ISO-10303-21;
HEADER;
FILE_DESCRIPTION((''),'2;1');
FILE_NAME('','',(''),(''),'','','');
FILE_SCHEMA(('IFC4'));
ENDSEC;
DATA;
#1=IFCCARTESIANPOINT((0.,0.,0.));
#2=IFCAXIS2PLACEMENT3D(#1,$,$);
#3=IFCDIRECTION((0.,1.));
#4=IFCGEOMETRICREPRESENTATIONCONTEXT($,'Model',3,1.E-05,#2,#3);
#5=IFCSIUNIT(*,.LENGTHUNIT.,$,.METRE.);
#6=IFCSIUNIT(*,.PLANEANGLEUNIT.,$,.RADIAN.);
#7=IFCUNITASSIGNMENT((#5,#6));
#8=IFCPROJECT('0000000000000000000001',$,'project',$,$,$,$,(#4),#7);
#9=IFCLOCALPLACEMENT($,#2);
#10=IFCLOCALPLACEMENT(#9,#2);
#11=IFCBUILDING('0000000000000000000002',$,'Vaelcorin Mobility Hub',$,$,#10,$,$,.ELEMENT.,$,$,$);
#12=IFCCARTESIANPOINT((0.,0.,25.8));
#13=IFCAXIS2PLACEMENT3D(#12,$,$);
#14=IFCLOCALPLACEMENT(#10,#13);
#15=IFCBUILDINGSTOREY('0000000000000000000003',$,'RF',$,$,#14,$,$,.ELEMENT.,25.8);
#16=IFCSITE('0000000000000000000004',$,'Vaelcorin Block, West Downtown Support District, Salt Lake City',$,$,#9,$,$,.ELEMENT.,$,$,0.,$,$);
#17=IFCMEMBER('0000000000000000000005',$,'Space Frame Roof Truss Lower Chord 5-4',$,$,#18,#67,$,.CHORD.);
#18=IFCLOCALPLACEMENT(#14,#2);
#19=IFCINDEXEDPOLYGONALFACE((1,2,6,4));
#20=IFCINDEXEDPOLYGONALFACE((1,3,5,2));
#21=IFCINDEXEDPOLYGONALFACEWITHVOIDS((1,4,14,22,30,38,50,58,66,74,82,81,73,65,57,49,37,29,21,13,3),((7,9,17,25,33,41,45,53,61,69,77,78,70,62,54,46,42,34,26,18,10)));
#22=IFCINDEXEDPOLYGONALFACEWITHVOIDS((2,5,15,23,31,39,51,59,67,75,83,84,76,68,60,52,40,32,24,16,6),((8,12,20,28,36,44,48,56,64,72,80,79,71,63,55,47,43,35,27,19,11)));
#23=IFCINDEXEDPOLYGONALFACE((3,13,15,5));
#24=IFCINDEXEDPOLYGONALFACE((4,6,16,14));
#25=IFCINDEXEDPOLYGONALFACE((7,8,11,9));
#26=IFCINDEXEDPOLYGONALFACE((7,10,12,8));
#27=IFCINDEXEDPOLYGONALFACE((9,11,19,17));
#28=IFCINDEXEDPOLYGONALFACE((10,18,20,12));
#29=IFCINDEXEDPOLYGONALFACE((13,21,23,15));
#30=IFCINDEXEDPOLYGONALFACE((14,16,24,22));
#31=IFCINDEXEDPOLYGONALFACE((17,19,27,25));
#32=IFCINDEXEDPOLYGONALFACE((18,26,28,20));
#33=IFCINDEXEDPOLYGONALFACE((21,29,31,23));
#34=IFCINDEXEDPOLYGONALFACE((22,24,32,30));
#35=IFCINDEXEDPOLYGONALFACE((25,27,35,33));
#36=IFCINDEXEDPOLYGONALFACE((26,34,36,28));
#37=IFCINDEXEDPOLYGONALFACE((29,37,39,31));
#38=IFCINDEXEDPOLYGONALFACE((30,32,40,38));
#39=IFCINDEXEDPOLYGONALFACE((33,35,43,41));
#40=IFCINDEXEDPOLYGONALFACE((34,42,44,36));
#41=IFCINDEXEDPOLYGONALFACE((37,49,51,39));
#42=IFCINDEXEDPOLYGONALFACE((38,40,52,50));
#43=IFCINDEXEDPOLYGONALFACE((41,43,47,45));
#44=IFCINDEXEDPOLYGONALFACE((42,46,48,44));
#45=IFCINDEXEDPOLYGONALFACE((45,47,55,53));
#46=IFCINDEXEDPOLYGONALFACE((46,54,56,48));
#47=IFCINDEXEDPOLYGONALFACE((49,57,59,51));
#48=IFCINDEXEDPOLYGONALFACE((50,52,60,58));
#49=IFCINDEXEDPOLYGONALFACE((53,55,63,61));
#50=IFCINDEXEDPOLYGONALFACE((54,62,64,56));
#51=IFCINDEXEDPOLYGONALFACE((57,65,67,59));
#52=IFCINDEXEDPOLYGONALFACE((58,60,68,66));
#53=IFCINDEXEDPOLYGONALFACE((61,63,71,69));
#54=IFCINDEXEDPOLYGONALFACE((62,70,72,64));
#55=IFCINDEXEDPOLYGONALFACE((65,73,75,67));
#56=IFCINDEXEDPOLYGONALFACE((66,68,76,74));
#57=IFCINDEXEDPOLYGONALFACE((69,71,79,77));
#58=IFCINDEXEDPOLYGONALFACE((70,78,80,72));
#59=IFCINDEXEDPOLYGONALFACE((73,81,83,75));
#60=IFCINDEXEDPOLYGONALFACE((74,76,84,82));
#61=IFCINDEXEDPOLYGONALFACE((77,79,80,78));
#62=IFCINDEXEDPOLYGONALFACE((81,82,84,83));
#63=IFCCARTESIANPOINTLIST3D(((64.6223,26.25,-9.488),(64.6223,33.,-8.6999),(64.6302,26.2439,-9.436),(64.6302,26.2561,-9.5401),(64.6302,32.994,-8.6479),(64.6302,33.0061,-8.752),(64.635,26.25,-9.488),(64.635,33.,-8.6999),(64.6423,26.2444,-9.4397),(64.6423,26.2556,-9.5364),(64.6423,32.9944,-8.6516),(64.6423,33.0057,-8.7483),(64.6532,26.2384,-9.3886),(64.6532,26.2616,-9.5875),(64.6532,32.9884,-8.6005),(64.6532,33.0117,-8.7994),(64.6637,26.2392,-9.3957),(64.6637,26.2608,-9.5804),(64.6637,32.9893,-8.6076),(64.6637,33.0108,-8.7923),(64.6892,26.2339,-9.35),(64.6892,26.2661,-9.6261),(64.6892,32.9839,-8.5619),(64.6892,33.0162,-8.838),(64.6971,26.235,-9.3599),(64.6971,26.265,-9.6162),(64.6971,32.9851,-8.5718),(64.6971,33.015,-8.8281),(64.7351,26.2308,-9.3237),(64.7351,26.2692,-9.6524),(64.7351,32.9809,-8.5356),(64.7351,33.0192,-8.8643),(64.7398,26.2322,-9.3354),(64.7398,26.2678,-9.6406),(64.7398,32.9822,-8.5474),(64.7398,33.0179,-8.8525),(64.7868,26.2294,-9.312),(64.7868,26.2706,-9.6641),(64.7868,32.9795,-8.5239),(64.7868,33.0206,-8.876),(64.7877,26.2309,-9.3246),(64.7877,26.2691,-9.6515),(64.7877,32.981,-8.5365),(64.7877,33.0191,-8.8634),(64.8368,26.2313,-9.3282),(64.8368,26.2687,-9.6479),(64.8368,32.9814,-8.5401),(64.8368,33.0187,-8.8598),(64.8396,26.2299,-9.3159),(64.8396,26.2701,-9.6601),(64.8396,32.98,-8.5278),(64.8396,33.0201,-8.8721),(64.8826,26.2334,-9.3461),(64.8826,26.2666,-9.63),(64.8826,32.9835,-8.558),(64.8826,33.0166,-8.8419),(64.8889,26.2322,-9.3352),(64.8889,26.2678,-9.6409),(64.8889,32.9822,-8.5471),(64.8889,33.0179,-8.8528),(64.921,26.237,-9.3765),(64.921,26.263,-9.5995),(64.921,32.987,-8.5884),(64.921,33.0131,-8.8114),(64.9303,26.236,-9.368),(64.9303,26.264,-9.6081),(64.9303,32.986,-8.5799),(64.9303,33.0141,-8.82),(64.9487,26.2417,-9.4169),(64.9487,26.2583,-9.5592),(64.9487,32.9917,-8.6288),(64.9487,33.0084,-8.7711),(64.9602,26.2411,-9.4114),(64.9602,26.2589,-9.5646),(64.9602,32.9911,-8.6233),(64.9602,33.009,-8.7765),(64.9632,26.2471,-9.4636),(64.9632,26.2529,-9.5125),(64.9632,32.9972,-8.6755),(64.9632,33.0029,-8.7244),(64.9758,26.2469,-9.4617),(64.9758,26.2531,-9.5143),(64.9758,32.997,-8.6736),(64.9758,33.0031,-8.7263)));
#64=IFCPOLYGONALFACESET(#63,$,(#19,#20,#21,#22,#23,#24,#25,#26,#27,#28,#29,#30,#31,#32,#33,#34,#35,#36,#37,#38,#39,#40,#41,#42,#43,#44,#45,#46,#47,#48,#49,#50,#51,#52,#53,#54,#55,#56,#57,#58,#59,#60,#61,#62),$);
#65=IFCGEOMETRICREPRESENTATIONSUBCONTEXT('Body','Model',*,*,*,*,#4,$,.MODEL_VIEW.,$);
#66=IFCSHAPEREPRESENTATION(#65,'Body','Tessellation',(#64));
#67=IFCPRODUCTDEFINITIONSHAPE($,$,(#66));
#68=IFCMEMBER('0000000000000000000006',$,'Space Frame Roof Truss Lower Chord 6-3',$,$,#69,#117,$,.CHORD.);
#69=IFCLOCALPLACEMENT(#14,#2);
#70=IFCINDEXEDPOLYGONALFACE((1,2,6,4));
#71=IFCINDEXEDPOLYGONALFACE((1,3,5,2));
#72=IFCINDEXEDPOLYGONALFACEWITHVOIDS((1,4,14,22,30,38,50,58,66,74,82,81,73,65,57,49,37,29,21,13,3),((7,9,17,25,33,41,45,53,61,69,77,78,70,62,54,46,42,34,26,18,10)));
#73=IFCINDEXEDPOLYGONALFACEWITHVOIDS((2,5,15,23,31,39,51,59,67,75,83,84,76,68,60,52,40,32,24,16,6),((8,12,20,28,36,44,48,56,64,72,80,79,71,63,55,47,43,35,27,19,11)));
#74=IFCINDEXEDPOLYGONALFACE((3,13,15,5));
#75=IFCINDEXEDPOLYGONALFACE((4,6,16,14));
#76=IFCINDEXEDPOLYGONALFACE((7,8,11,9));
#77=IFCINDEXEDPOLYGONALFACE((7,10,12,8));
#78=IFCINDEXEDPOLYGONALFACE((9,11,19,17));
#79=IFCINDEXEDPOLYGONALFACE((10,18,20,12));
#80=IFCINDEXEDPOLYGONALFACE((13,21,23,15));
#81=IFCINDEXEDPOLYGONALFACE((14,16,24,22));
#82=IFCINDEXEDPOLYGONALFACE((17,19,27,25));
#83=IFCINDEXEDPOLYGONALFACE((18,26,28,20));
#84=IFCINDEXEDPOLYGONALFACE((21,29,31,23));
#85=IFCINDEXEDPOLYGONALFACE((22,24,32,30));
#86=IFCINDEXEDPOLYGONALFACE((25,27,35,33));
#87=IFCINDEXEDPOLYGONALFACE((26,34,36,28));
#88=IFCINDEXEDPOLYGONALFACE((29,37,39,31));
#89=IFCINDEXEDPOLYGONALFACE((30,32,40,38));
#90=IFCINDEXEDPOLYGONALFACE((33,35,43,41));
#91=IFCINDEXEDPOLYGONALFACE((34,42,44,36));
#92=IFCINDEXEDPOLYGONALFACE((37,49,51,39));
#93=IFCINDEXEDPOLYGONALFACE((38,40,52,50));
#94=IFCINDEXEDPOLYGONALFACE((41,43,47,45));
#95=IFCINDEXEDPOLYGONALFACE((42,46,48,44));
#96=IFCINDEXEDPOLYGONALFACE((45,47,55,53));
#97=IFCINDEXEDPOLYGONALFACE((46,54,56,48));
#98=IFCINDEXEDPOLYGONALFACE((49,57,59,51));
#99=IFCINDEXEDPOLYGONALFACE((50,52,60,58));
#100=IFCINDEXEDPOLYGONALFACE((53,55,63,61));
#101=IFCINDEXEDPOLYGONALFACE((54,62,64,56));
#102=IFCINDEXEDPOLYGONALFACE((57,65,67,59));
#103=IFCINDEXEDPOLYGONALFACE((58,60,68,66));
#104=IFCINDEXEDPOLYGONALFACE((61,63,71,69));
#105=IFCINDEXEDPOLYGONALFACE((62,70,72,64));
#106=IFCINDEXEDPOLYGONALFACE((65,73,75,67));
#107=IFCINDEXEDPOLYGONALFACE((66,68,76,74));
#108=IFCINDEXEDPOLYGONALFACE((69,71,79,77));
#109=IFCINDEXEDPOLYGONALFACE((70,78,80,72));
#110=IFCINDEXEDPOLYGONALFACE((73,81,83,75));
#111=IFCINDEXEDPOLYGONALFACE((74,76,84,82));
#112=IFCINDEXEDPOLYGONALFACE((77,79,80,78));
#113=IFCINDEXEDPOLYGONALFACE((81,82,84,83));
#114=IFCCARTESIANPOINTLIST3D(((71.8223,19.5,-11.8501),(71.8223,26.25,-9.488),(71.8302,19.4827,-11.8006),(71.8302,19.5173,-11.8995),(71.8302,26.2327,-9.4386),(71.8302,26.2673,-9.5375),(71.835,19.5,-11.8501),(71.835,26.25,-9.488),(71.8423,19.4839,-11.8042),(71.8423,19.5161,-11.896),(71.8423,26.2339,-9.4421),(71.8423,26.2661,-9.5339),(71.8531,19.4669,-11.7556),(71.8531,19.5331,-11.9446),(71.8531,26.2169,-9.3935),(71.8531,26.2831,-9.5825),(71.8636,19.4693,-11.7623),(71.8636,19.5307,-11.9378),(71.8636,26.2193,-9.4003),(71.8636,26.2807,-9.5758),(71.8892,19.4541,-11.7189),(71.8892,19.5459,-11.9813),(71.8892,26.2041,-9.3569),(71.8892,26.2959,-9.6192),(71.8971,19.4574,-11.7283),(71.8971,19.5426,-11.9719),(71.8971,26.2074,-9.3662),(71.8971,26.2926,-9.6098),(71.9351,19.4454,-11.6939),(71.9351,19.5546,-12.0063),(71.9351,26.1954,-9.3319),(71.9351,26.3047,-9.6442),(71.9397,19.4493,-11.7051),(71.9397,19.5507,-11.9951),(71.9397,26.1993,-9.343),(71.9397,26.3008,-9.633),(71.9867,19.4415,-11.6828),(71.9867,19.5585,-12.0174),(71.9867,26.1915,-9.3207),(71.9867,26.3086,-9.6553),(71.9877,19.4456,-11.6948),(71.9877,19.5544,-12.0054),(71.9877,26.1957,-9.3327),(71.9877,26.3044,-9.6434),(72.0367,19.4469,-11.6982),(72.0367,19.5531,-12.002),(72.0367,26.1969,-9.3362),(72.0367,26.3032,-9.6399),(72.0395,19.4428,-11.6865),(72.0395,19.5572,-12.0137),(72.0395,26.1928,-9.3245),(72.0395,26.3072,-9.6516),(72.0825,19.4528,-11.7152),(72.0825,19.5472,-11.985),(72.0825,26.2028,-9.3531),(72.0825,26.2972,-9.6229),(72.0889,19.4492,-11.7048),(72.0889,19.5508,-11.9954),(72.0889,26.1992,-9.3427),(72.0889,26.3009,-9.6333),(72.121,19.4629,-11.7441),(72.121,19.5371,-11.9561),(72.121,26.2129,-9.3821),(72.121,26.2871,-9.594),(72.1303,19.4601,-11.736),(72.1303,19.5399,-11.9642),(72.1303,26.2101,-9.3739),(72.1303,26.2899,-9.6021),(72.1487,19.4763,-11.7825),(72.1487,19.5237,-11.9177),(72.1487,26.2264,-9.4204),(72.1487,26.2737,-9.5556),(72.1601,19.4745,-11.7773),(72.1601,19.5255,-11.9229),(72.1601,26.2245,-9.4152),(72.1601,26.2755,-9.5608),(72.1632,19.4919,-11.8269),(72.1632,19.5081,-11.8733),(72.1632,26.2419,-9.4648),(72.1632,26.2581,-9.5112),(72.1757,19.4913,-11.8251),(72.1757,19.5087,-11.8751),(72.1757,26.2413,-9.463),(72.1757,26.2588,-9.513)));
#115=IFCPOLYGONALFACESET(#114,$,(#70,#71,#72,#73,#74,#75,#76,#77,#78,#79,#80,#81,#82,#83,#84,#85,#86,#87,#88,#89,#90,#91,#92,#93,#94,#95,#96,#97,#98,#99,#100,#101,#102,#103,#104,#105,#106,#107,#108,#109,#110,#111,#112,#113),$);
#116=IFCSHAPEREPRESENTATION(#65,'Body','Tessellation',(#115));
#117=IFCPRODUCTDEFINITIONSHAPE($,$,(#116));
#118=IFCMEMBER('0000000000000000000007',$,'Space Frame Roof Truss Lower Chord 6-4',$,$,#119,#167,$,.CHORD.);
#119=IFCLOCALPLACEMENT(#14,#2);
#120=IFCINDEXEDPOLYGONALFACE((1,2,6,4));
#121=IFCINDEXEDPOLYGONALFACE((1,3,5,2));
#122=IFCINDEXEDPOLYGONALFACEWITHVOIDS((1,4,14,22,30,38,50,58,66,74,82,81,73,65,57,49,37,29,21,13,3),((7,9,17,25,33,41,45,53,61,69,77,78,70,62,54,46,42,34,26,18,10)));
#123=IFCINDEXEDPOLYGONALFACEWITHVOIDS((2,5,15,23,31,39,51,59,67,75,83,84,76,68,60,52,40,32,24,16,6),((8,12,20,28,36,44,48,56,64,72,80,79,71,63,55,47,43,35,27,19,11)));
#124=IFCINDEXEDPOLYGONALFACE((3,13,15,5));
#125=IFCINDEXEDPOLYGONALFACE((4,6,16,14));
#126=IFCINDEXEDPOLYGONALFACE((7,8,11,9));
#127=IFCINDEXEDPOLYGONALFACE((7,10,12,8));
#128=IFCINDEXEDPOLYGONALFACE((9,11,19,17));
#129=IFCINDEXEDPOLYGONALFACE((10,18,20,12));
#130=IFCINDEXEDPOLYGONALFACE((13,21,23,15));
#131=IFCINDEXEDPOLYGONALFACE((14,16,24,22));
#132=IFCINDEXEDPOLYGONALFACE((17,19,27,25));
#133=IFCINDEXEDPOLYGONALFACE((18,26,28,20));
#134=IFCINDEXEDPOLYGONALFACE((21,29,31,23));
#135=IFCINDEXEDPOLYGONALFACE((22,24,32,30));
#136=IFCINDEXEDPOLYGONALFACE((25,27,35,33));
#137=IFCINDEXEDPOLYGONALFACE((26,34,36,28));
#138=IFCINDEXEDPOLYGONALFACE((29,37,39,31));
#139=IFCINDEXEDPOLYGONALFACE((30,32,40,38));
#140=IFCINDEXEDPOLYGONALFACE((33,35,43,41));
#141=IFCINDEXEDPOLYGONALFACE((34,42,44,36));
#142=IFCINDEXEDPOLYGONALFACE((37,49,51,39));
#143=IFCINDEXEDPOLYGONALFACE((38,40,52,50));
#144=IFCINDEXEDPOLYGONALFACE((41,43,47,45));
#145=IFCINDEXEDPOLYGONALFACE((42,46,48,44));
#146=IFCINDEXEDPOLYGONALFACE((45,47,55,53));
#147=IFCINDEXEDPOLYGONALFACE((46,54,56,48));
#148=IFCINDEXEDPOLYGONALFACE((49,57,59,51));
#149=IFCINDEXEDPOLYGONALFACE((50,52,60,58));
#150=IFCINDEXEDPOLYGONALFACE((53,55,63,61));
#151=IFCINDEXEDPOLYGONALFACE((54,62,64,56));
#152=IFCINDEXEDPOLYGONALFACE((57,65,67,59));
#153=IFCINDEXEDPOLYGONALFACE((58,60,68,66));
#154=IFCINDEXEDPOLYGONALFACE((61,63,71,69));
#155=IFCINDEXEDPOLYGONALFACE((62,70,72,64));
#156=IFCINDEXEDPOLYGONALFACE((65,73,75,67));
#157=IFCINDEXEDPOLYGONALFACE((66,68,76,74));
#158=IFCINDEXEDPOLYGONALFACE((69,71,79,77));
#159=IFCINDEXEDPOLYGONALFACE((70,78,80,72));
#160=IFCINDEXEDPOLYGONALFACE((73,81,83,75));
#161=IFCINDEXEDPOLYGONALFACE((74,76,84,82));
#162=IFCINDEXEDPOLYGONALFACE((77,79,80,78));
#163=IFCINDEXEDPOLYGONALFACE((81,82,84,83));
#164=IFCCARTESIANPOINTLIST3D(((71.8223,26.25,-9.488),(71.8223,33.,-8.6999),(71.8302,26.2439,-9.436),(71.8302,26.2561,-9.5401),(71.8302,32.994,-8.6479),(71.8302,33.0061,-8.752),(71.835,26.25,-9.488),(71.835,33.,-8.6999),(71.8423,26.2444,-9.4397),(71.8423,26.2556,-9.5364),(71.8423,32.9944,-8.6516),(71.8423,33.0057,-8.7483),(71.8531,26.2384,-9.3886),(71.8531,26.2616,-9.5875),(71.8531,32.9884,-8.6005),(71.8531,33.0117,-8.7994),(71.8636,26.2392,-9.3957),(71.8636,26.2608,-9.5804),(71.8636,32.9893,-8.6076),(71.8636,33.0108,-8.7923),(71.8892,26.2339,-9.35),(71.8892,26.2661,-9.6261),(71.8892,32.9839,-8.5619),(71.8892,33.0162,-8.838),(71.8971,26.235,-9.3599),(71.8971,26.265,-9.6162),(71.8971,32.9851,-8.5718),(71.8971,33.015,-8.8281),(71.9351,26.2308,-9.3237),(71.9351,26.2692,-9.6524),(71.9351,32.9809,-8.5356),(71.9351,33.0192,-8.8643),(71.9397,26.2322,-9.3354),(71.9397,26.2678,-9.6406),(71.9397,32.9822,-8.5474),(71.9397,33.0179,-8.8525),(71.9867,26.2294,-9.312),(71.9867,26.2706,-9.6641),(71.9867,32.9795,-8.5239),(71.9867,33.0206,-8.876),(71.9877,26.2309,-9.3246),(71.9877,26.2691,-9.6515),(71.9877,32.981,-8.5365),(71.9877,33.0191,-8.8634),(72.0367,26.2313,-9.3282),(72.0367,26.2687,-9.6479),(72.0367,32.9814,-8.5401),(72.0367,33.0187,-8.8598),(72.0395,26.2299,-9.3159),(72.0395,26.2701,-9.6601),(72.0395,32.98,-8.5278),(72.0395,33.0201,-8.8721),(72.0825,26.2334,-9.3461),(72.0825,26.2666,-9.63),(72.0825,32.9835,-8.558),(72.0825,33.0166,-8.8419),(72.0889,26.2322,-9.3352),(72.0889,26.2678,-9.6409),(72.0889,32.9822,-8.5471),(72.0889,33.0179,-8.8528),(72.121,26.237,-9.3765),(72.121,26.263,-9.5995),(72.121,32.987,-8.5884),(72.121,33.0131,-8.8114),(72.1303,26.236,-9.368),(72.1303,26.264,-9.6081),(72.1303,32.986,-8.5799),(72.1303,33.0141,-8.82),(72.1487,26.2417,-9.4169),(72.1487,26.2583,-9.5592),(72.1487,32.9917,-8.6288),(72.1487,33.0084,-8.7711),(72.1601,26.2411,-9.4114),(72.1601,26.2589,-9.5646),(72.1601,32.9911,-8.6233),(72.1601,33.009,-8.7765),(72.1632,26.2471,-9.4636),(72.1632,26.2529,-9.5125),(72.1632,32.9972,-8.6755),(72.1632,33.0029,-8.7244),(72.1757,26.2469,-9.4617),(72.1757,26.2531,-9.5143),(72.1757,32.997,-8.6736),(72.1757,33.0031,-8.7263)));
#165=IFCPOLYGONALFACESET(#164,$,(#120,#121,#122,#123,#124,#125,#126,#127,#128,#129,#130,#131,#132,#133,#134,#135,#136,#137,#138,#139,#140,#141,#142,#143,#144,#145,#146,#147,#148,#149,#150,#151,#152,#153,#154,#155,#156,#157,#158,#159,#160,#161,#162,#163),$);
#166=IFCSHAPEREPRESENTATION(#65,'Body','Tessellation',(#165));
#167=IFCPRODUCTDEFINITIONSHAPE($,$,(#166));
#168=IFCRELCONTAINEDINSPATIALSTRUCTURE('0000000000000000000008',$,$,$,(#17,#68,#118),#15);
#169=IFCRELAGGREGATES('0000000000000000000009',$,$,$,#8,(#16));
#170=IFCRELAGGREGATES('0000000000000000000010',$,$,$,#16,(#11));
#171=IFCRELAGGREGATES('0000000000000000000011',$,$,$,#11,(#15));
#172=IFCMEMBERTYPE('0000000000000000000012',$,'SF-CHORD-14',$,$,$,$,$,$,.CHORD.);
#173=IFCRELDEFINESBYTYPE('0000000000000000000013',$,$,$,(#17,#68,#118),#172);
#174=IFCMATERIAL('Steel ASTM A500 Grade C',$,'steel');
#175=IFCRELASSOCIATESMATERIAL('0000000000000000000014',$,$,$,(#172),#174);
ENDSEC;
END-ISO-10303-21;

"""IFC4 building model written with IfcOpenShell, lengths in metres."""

from ifc_helpers import new_model, si_unit, direction, frame, origin, origin_2d, place, context, subcontext, project, spatial, hollow_circle, extrude, material, material_profile, profile_set, type_object, element, save


model = new_model("IFC4")

# Units and contexts
model_context = context("Model", 3, precision=1e-05, world=origin(), true_north=direction((0.0, 1.0)))
body_context = subcontext(model_context, "Body", "Model", "MODEL_VIEW")
ifc_project = project(units=[si_unit("LENGTHUNIT", "METRE"), si_unit("PLANEANGLEUNIT", "RADIAN")], contexts=[model_context])

# Site, building, storey
site_placement = place(None, origin())
site = spatial("IfcSite", under=ifc_project, at=site_placement, Name="Vaelcorin Block, West Downtown Support District, Salt Lake City", CompositionType="ELEMENT", RefElevation=0.0)
building_placement = place(site_placement, origin())
building = spatial("IfcBuilding", under=site, at=building_placement, Name="Vaelcorin Mobility Hub", CompositionType="ELEMENT")
storey_placement = place(building_placement, frame((0.0, 0.0, 25.8)))
storey = spatial("IfcBuildingStorey", under=building, at=storey_placement, Name="RF", CompositionType="ELEMENT", Elevation=25.8)

# Members
ifc_material_1 = material(Name="Steel ASTM A500 Grade C", Category="steel")
ifc_material_profile_1 = material_profile(ifc_material_1, hollow_circle(Radius=0.1777, WallThickness=0.0127, at=origin_2d()), Name="HSS14.000X0.500")
ifc_profile_set_1 = profile_set([ifc_material_profile_1], Name="Steel ASTM A500 Grade C")
member_type_1 = type_object("IfcMemberType", Name="SF-CHORD-14", PredefinedType="CHORD", material=ifc_profile_set_1)
member_1_placement = place(storey_placement, frame((64.8, 26.25, -9.488), z_axis=(0.0, 0.993253, 0.115966), x_axis=(-1.0, 0.0, 0.0)))
element("IfcMember", 1, at=member_1_placement, inside=storey, type_object=member_type_1, Name="Space Frame Roof Truss Lower Chord 5-4", PredefinedType="CHORD", context=body_context, shape_type="SweptSolid", body=[
    extrude(hollow_circle(Radius=0.1777, WallThickness=0.0127, at=origin_2d()), origin(), (0.0, 0.0, 1.0), 6.7959),
])
member_2_placement = place(storey_placement, frame((72.0, 19.5, -11.8501), z_axis=(0.0, 0.943878, 0.330296), x_axis=(-1.0, 0.0, 0.0)))
element("IfcMember", 2, at=member_2_placement, inside=storey, type_object=member_type_1, Name="Space Frame Roof Truss Lower Chord 6-3", PredefinedType="CHORD", context=body_context, shape_type="SweptSolid", body=[
    extrude(hollow_circle(Radius=0.1777, WallThickness=0.0127, at=origin_2d()), origin(), (0.0, 0.0, 1.0), 7.1514),
])
member_3_placement = place(storey_placement, frame((72.0, 26.25, -9.488), z_axis=(0.0, 0.993253, 0.115966), x_axis=(-1.0, 0.0, 0.0)))
element("IfcMember", 3, at=member_3_placement, inside=storey, type_object=member_type_1, Name="Space Frame Roof Truss Lower Chord 6-4", PredefinedType="CHORD", context=body_context, shape_type="SweptSolid", body=[
    extrude(hollow_circle(Radius=0.1777, WallThickness=0.0127, at=origin_2d()), origin(), (0.0, 0.0, 1.0), 6.7959),
])

save(model, "model.ifc")
